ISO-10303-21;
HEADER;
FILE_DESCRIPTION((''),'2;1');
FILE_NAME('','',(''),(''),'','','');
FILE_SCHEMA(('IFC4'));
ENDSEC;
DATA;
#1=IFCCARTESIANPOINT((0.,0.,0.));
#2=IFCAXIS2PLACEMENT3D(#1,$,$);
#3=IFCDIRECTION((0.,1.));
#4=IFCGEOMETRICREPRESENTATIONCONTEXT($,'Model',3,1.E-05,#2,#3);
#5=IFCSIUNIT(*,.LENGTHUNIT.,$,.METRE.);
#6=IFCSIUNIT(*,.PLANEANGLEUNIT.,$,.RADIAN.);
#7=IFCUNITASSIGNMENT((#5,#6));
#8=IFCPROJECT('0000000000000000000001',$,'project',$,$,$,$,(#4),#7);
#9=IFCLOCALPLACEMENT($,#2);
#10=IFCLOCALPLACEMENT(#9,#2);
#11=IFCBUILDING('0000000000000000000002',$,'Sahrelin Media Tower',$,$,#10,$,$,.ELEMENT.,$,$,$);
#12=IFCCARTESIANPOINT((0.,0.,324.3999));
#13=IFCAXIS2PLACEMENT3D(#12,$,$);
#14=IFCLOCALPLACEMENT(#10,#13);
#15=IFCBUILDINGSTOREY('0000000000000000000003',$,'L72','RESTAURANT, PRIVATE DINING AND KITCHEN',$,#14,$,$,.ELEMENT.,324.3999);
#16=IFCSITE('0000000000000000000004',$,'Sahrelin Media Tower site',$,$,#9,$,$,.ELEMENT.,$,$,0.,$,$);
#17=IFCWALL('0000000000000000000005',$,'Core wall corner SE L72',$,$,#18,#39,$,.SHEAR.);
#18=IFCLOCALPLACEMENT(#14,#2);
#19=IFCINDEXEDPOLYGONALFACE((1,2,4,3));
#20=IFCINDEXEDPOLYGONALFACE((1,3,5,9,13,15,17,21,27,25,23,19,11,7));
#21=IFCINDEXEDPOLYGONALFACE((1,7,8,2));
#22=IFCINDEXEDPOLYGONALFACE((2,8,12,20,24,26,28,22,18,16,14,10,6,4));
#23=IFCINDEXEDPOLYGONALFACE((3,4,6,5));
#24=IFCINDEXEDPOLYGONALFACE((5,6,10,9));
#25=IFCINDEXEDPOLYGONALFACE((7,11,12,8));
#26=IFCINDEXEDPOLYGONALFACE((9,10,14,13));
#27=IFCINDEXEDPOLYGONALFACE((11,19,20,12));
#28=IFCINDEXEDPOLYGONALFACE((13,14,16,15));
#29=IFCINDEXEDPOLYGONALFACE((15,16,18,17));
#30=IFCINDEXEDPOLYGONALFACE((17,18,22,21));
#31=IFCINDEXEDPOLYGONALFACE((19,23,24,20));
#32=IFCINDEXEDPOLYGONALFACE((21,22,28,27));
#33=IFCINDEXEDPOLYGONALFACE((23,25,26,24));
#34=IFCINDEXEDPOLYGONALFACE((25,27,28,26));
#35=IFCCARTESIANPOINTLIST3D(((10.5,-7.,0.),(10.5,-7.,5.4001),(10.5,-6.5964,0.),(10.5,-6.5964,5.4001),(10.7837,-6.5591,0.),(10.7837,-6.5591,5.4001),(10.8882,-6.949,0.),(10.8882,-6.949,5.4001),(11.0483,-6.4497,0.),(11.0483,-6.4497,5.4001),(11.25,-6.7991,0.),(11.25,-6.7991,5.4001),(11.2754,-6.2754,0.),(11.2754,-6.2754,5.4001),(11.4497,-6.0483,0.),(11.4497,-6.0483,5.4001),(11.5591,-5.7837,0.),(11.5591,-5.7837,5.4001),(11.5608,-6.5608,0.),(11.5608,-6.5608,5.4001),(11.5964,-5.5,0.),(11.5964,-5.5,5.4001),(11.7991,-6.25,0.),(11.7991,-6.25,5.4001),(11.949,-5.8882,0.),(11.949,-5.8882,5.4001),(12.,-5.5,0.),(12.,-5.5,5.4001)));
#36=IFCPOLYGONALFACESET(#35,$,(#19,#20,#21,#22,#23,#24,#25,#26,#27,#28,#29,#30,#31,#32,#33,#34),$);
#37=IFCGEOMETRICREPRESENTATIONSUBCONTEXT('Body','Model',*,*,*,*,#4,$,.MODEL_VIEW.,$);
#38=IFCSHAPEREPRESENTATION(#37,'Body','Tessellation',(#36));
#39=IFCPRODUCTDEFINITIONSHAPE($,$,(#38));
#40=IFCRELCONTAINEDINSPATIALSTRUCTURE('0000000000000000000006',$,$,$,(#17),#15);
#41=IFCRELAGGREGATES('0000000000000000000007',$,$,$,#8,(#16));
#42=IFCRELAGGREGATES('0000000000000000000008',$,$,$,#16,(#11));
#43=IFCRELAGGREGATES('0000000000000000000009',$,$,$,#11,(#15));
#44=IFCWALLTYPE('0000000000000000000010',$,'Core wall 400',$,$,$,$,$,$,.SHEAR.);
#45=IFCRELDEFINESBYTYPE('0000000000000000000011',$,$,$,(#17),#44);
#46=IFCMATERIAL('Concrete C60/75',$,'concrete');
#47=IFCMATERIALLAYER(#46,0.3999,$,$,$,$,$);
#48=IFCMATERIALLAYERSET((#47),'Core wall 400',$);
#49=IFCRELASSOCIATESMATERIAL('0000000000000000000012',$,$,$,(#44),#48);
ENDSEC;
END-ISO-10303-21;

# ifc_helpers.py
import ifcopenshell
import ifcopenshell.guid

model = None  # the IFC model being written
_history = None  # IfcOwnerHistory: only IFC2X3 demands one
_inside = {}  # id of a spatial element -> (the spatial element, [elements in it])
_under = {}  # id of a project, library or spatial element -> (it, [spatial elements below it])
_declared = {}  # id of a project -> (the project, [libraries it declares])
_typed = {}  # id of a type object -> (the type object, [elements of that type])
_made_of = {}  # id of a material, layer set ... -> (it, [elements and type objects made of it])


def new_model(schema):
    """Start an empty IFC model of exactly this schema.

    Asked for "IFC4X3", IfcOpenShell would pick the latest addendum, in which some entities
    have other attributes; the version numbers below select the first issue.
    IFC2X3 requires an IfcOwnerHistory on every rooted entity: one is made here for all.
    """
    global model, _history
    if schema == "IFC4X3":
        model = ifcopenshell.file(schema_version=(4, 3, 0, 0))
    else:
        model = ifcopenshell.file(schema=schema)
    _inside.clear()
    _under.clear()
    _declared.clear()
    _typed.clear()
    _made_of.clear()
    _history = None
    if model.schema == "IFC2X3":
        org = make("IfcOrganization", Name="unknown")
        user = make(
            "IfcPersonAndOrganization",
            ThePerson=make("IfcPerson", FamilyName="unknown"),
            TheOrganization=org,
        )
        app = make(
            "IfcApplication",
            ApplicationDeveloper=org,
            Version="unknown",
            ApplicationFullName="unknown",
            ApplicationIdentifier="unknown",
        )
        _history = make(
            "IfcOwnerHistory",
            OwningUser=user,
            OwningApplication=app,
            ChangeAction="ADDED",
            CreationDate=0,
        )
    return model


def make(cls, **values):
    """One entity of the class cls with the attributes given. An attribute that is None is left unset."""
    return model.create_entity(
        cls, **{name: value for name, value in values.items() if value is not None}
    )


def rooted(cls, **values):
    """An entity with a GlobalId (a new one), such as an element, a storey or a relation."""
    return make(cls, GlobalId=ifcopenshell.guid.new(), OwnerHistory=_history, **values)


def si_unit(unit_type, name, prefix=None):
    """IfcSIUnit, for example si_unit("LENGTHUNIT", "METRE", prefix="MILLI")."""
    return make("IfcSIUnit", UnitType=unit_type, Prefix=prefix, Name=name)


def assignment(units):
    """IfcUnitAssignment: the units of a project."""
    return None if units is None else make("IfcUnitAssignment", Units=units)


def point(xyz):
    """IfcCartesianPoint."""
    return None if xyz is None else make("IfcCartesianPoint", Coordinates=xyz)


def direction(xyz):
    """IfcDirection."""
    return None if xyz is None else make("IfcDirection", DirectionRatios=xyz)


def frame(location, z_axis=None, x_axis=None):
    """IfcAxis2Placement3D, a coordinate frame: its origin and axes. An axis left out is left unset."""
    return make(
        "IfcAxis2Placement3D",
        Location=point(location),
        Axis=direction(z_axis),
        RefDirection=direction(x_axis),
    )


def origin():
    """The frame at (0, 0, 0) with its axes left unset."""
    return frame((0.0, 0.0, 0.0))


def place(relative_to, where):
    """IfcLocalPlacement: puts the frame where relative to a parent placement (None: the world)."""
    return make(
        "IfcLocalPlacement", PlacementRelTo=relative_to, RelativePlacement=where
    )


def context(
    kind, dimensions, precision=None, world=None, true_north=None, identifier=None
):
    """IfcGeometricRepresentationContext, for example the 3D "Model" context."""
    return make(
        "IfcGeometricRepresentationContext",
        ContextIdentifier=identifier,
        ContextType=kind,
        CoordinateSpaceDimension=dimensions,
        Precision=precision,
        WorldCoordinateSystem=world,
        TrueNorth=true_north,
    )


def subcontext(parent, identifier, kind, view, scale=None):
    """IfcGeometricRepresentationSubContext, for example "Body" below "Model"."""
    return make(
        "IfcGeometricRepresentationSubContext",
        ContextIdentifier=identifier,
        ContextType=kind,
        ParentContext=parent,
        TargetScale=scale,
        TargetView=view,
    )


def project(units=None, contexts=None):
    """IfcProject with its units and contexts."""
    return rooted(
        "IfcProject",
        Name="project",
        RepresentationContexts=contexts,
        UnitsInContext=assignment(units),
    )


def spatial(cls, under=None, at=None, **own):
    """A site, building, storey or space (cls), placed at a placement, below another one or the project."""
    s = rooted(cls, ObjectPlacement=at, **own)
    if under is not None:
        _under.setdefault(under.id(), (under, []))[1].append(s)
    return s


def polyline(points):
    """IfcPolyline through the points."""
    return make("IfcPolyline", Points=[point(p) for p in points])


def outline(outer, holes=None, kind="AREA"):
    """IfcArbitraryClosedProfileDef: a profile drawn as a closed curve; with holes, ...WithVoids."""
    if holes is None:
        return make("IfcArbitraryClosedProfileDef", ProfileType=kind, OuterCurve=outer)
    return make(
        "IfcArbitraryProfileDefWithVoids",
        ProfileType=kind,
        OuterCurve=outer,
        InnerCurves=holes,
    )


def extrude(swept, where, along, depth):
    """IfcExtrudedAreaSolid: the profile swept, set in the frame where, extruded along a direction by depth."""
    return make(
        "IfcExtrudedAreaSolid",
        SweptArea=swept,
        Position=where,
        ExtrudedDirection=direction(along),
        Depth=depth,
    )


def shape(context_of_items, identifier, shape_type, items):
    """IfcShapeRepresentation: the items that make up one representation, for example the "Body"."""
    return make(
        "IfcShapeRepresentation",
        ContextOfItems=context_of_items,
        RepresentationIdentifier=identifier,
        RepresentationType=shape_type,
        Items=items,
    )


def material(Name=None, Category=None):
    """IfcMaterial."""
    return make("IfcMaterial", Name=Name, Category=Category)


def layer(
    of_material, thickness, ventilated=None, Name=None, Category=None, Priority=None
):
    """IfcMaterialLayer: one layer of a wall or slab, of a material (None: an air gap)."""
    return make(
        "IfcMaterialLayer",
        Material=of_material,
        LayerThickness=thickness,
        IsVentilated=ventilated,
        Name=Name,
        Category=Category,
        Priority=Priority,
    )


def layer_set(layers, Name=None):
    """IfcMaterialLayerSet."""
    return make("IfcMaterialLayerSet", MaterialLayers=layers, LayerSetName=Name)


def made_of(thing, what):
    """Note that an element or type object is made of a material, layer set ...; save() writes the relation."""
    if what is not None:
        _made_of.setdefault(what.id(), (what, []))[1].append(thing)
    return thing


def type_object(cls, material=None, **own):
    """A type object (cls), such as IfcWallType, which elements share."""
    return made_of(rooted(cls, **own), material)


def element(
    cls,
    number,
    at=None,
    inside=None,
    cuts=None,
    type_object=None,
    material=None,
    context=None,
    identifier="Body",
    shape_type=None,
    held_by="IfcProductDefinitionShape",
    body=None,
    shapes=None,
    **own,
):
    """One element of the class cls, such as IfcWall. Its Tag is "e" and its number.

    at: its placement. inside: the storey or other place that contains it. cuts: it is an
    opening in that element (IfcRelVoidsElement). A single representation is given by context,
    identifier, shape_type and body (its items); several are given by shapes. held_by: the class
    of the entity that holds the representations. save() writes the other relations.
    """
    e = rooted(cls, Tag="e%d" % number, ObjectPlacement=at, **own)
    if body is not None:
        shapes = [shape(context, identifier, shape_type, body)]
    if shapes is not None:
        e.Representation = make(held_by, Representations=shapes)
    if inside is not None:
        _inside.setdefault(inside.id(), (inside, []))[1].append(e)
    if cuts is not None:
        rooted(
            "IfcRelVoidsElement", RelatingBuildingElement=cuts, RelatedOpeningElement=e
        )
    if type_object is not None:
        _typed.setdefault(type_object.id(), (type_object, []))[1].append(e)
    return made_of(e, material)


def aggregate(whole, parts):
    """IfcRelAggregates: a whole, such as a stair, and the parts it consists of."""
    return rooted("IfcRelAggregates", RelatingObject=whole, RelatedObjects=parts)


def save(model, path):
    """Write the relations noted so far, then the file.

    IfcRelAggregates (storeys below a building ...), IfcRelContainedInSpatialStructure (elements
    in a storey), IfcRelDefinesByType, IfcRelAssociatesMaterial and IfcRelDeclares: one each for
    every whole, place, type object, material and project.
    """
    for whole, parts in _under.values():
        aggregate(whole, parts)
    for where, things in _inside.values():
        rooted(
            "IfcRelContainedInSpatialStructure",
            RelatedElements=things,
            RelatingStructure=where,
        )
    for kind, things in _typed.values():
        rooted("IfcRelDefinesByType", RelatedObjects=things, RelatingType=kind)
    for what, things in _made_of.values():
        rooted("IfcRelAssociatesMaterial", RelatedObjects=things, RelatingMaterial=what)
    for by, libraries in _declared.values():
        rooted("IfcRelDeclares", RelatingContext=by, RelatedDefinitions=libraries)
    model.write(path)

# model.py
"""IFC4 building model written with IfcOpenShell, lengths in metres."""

from ifc_helpers import new_model, si_unit, direction, frame, origin, place, context, subcontext, project, spatial, polyline, outline, extrude, material, layer, layer_set, type_object, element, save


model = new_model("IFC4")

# Units and contexts
model_context = context("Model", 3, precision=1e-05, world=origin(), true_north=direction((0.0, 1.0)))
body_context = subcontext(model_context, "Body", "Model", "MODEL_VIEW")
ifc_project = project(units=[si_unit("LENGTHUNIT", "METRE"), si_unit("PLANEANGLEUNIT", "RADIAN")], contexts=[model_context])

# Site, building, storey
site_placement = place(None, origin())
site = spatial("IfcSite", under=ifc_project, at=site_placement, Name="Sahrelin Media Tower site", CompositionType="ELEMENT", RefElevation=0.0)
building_placement = place(site_placement, origin())
building = spatial("IfcBuilding", under=site, at=building_placement, Name="Sahrelin Media Tower", CompositionType="ELEMENT")
storey_placement = place(building_placement, frame((0.0, 0.0, 324.3999)))
storey = spatial("IfcBuildingStorey", under=building, at=storey_placement, Name="L72", Description="RESTAURANT, PRIVATE DINING AND KITCHEN", CompositionType="ELEMENT", Elevation=324.3999)

# Shared definitions
placement = place(storey_placement, origin())

# Wall
ifc_material_1 = material(Name="Concrete C60/75", Category="concrete")
ifc_layer_1 = layer(ifc_material_1, 0.3999)
ifc_layer_set_1 = layer_set([ifc_layer_1], Name="Core wall 400")
wall_type = type_object("IfcWallType", Name="Core wall 400", PredefinedType="SHEAR", material=ifc_layer_set_1)
element("IfcWall", 1, at=placement, inside=storey, type_object=wall_type, Name="Core wall corner SE L72", PredefinedType="SHEAR", context=body_context, shape_type="SweptSolid", body=[
    extrude(outline(polyline([(12.0, -5.5), (11.5964, -5.5), (11.5591, -5.7837), (11.4497, -6.0483), (11.2754, -6.2754), (11.0483, -6.4497), (10.7837, -6.5591), (10.5, -6.5964), (10.5, -7.0), (10.8882, -6.949), (11.25, -6.7991), (11.5608, -6.5608), (11.7991, -6.25), (11.949, -5.8882), (12.0, -5.5)])), origin(), (0.0, 0.0, 1.0), 5.4001),
])

save(model, "model.ifc")
